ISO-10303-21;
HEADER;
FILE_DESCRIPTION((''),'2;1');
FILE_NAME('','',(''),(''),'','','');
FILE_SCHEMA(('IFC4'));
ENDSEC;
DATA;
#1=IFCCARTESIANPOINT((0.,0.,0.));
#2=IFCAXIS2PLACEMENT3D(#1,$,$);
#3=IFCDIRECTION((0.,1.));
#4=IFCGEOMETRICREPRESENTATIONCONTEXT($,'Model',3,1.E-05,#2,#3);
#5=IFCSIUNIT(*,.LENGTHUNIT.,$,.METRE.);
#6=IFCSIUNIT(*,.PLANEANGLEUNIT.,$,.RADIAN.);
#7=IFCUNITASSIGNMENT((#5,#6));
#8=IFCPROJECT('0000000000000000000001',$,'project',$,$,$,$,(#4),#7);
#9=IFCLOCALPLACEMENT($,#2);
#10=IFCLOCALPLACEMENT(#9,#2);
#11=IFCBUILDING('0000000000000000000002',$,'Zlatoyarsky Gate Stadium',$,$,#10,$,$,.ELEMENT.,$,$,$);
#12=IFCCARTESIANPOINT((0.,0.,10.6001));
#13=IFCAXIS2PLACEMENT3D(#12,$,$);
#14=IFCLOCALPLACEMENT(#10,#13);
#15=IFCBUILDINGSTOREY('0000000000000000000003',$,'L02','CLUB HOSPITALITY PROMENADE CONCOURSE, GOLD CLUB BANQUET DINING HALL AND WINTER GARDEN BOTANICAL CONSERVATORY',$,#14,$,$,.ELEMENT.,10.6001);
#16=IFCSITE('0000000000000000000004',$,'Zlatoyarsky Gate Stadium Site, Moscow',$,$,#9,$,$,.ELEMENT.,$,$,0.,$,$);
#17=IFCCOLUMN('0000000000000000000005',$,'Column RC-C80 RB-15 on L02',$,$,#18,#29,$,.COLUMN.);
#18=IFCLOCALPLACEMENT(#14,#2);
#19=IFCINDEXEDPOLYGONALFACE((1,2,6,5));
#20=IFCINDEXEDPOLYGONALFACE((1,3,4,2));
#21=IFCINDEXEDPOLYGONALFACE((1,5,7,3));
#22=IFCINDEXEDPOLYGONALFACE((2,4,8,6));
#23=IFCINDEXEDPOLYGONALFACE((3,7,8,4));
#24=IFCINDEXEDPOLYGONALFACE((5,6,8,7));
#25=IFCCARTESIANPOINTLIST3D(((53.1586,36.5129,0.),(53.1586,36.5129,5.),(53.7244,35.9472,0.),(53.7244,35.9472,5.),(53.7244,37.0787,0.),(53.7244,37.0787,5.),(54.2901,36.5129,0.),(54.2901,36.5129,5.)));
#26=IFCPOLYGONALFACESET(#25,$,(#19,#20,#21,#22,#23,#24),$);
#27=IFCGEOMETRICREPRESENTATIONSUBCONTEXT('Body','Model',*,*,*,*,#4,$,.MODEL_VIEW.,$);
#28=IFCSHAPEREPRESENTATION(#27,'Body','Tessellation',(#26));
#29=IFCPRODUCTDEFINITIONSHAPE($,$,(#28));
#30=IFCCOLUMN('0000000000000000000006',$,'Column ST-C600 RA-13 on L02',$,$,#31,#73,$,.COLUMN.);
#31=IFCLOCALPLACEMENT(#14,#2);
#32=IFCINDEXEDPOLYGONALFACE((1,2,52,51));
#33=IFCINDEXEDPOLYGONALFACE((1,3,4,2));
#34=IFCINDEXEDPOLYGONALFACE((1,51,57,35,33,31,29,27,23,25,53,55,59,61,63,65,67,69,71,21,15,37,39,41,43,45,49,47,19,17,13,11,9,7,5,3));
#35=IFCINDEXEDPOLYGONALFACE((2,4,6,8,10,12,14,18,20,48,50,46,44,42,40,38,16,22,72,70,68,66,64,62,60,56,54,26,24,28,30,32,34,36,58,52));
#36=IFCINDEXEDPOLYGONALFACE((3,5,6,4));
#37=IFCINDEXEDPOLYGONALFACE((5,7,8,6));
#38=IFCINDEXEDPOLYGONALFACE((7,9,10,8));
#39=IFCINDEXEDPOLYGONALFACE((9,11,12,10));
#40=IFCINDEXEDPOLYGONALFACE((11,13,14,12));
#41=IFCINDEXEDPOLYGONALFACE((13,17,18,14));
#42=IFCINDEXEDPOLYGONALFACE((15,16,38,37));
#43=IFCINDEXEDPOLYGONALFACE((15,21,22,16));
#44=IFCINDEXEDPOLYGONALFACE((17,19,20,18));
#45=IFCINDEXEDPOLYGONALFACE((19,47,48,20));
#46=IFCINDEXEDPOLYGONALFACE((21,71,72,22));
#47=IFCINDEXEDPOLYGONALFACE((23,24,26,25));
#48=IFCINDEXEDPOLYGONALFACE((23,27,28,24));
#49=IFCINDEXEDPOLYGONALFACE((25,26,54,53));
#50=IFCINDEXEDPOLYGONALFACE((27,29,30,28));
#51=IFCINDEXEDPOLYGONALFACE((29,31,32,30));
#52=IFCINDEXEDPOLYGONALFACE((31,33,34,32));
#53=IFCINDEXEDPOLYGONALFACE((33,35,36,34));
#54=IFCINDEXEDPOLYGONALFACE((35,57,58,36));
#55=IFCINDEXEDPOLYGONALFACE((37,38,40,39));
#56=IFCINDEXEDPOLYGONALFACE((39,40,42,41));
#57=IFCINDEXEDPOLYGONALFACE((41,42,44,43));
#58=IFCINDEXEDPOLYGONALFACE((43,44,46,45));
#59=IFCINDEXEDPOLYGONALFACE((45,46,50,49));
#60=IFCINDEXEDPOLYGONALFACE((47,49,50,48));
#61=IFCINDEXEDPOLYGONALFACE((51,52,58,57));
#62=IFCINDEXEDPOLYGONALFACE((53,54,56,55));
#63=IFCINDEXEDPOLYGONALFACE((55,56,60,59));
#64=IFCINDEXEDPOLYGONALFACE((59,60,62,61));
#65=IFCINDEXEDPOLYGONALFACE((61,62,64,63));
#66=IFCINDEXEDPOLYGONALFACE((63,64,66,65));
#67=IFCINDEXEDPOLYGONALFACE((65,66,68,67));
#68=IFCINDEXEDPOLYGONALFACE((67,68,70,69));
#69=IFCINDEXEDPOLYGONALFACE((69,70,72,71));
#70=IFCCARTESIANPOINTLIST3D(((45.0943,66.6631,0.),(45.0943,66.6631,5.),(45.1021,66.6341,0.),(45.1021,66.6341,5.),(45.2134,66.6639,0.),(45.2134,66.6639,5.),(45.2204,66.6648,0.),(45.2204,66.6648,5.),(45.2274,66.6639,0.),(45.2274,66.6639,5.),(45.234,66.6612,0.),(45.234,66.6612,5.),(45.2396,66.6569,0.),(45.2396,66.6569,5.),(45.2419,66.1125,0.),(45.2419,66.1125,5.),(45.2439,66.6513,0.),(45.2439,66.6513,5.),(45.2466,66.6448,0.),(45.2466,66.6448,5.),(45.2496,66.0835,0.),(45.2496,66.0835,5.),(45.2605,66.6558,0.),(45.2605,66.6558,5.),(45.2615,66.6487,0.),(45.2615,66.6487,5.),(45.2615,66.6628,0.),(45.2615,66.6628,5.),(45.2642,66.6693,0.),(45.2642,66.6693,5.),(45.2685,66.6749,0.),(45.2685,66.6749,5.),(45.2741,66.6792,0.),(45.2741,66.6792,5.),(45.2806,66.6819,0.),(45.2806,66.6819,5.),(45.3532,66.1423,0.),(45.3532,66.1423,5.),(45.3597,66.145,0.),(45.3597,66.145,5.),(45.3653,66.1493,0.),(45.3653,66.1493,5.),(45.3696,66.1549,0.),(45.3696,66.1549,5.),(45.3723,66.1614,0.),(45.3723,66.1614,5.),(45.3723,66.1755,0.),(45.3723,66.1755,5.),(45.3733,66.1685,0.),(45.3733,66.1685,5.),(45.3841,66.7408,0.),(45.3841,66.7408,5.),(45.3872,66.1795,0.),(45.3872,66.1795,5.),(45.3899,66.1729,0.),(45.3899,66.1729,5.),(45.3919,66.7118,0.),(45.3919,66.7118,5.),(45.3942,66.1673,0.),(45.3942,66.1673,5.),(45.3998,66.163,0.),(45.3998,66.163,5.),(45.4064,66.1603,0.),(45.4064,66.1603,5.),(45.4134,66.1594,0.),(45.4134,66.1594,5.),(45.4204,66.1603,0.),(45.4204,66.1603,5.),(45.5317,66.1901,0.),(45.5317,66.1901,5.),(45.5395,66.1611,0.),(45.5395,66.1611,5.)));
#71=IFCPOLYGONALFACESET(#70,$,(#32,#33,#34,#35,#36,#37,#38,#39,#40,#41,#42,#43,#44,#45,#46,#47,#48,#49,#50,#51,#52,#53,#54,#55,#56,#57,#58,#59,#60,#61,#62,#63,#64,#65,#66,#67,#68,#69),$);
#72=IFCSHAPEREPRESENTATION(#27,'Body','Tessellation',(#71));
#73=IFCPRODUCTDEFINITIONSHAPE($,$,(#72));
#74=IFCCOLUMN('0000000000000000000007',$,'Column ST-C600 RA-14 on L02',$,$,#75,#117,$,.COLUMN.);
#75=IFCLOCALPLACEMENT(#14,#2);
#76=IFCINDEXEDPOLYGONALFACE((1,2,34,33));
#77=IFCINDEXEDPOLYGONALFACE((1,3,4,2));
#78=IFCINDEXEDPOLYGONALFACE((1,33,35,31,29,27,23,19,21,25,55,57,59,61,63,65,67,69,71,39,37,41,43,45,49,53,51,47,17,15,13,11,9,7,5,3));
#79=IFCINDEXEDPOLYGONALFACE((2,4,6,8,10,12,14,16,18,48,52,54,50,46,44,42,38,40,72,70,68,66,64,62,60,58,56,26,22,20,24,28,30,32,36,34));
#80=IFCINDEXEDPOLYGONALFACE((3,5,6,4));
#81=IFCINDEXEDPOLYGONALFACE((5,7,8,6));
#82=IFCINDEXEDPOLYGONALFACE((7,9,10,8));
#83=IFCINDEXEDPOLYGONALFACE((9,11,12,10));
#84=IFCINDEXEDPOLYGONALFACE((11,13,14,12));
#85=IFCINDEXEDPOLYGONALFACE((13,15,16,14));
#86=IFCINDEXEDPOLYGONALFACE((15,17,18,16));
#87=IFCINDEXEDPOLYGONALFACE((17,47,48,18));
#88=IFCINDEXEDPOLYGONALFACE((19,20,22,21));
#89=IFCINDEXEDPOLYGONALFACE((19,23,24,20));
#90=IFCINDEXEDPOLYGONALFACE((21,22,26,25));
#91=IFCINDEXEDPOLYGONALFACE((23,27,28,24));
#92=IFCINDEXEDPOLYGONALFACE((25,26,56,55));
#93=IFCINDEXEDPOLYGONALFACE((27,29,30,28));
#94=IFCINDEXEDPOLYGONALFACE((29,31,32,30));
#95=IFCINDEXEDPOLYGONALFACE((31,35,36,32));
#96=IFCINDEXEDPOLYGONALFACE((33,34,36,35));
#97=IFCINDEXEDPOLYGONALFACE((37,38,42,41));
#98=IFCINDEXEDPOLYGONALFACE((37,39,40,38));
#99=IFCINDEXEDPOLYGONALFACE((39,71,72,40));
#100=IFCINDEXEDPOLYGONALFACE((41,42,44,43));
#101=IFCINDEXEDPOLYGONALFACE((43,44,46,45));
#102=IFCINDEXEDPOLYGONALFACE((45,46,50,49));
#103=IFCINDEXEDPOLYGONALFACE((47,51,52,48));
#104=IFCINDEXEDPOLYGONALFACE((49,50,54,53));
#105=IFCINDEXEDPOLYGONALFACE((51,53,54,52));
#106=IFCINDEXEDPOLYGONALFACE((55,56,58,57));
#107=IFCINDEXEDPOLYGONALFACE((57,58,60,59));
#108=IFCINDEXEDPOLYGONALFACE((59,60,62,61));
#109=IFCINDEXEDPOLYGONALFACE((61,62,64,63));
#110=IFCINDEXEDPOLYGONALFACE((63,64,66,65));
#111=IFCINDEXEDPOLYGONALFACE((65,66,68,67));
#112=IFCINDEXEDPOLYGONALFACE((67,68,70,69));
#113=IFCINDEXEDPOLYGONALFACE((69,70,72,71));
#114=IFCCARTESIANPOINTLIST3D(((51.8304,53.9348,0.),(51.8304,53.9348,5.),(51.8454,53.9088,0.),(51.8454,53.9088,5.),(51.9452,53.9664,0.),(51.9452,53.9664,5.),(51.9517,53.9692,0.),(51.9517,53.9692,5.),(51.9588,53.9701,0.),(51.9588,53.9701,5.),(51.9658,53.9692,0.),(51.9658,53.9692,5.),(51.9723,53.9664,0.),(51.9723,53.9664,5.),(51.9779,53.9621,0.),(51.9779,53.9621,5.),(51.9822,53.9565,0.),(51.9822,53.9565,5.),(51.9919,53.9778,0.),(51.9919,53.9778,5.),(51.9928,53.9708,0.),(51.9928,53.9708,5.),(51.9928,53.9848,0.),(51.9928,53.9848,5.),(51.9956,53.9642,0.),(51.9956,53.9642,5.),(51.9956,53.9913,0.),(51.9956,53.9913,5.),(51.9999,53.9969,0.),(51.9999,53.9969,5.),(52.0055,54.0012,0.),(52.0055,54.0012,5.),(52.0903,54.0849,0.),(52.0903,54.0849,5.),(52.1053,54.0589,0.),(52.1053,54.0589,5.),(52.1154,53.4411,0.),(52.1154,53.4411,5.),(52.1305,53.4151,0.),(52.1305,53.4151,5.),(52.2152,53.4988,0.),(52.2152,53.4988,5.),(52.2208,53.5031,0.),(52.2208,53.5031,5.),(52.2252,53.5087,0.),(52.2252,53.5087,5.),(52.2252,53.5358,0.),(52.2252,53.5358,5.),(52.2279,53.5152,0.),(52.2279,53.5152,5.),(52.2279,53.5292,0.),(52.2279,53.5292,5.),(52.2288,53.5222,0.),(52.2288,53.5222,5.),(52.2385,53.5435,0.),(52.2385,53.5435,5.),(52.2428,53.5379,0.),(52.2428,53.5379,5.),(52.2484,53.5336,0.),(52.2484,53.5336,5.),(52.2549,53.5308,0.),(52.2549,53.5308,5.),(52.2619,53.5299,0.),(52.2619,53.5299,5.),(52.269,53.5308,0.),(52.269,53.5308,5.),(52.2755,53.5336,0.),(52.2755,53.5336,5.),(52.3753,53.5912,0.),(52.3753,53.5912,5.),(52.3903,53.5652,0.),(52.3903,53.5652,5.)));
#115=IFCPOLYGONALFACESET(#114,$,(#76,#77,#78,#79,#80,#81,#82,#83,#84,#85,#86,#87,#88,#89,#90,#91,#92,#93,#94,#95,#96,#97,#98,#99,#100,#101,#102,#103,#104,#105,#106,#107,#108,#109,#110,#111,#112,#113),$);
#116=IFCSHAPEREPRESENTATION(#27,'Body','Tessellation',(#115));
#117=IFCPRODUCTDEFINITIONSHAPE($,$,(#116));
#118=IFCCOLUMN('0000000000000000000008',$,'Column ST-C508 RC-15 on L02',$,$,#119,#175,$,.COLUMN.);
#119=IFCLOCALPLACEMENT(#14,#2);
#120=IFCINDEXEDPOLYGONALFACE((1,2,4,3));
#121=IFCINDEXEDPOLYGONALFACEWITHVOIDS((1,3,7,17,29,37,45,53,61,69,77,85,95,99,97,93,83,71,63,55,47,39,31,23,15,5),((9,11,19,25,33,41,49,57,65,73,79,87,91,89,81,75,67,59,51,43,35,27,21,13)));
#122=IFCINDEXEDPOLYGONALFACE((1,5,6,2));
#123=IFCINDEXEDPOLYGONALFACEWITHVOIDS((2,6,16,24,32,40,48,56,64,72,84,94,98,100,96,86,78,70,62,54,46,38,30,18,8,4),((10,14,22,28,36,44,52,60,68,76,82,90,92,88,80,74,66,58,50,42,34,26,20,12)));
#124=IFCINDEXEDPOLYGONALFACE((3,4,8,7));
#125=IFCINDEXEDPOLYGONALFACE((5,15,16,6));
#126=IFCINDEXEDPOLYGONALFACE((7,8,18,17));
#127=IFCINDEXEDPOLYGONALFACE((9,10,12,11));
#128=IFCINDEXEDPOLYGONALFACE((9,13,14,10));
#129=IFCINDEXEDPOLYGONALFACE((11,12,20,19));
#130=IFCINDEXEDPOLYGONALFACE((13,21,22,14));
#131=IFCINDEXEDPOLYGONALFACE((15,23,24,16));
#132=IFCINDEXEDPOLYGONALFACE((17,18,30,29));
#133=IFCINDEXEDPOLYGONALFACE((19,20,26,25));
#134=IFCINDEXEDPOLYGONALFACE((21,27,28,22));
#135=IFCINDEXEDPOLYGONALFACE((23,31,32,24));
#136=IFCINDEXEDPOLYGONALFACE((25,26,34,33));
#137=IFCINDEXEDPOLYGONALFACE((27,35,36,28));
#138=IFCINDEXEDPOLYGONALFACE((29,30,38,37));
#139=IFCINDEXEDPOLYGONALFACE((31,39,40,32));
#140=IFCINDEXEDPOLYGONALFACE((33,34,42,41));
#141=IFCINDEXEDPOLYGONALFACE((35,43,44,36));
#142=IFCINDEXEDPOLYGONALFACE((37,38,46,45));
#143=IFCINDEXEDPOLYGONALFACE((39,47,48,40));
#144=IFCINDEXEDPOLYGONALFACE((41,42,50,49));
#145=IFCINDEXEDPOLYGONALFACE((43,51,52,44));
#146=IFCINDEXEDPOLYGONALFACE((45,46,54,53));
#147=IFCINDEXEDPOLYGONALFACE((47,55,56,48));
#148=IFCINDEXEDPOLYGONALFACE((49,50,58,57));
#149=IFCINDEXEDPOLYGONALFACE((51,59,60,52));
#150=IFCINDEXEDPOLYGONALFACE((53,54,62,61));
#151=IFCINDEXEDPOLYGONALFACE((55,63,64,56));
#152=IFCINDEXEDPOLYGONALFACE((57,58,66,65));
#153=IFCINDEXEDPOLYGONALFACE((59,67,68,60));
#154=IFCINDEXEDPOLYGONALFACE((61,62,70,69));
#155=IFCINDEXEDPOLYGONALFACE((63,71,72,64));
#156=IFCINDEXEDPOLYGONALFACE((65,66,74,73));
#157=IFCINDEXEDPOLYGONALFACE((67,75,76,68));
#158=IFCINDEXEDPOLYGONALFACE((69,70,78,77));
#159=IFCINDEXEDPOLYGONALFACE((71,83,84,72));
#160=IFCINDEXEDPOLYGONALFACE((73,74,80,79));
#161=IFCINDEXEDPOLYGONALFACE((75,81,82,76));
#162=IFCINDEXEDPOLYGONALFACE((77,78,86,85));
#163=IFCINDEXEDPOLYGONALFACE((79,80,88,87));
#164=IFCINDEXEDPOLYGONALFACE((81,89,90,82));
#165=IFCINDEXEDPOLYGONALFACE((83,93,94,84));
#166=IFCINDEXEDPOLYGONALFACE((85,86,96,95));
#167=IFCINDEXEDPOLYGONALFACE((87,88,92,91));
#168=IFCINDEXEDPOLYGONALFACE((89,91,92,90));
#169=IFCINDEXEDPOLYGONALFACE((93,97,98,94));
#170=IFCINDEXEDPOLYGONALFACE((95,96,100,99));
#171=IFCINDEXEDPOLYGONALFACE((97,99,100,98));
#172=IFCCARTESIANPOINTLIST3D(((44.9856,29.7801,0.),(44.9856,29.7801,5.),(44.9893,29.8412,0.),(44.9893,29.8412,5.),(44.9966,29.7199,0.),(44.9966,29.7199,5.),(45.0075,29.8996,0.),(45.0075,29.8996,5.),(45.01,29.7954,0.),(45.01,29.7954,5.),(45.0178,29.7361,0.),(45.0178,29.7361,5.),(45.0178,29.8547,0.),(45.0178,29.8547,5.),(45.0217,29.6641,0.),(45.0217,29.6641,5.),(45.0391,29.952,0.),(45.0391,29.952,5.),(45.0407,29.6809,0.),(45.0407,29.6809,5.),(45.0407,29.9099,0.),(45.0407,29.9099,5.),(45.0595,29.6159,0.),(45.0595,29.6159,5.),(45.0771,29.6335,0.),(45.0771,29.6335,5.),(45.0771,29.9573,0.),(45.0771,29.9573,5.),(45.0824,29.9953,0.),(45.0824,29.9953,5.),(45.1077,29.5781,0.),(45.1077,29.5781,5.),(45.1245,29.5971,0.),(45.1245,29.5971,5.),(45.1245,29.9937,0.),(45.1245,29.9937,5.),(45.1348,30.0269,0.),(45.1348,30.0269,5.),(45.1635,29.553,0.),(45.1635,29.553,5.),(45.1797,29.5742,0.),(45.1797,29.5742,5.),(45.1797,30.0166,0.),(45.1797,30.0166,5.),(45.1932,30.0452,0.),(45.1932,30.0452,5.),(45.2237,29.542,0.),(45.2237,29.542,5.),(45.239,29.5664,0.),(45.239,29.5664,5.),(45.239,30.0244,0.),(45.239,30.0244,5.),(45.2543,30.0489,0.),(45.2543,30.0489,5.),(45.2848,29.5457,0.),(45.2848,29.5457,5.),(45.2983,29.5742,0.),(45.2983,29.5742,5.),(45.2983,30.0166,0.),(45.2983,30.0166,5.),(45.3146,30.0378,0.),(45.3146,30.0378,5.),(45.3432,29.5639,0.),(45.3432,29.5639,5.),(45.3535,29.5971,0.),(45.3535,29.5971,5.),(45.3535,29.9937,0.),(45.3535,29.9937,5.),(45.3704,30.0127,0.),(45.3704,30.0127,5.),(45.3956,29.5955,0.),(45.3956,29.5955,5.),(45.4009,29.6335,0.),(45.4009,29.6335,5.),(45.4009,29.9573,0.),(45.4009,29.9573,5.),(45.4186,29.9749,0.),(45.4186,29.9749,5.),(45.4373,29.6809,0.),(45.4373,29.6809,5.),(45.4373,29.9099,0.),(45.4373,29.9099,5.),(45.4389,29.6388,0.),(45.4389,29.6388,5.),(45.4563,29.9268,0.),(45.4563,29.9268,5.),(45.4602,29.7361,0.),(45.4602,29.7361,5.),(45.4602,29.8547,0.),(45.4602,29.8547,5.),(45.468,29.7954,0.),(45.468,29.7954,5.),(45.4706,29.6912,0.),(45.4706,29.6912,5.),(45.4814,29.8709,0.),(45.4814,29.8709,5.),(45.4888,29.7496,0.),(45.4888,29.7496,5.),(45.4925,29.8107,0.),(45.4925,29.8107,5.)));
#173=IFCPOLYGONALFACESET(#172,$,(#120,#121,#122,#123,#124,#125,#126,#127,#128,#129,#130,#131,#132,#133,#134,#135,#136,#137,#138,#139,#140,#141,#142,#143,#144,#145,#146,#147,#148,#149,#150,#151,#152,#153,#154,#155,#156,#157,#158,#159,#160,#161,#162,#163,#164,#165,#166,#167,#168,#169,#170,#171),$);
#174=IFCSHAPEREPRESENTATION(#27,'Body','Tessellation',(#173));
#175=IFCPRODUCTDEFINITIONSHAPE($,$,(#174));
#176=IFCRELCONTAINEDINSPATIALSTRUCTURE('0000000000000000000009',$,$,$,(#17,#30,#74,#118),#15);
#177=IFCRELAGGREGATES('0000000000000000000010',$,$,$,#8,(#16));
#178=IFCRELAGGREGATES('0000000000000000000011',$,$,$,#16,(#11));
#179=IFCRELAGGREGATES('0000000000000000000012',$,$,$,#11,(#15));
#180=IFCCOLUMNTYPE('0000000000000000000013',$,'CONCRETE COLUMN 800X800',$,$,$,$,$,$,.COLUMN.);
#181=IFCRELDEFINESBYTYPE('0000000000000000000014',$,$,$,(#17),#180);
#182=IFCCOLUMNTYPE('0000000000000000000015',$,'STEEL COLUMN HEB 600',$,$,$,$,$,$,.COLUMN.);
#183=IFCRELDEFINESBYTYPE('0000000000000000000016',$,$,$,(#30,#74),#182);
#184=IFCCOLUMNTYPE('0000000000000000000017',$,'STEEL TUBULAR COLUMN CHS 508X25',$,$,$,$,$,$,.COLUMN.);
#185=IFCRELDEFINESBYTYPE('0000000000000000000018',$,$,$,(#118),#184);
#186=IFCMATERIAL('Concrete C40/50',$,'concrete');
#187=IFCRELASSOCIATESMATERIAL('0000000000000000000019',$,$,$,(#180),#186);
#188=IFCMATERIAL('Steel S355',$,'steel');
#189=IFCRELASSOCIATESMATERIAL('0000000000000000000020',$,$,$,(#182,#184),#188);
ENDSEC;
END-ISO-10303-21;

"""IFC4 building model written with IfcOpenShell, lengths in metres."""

from ifc_helpers import new_model, si_unit, direction, frame, origin, origin_2d, place, context, subcontext, project, spatial, rectangle, hollow_circle, i_section, extrude, material, material_profile, profile_set, type_object, element, save


model = new_model("IFC4")

# Units and contexts
model_context = context("Model", 3, precision=1e-05, world=origin(), true_north=direction((0.0, 1.0)))
body_context = subcontext(model_context, "Body", "Model", "MODEL_VIEW")
ifc_project = project(units=[si_unit("LENGTHUNIT", "METRE"), si_unit("PLANEANGLEUNIT", "RADIAN")], contexts=[model_context])

# Site, building, storey
site_placement = place(None, origin())
site = spatial("IfcSite", under=ifc_project, at=site_placement, Name="Zlatoyarsky Gate Stadium Site, Moscow", CompositionType="ELEMENT", RefElevation=0.0)
building_placement = place(site_placement, origin())
building = spatial("IfcBuilding", under=site, at=building_placement, Name="Zlatoyarsky Gate Stadium", CompositionType="ELEMENT")
storey_placement = place(building_placement, frame((0.0, 0.0, 10.6001)))
storey = spatial("IfcBuildingStorey", under=building, at=storey_placement, Name="L02", Description="CLUB HOSPITALITY PROMENADE CONCOURSE, GOLD CLUB BANQUET DINING HALL AND WINTER GARDEN BOTANICAL CONSERVATORY", CompositionType="ELEMENT", Elevation=10.6001)

# Columns
ifc_material_1 = material(Name="Concrete C40/50", Category="concrete")
ifc_material_profile_1 = material_profile(ifc_material_1, rectangle(XDim=0.8, YDim=0.8, at=origin_2d()), Name="RC COL 800X800")
ifc_profile_set_1 = profile_set([ifc_material_profile_1], Name="Concrete C40/50")
column_type_1 = type_object("IfcColumnType", Name="CONCRETE COLUMN 800X800", PredefinedType="COLUMN", material=ifc_profile_set_1)
column_1_placement = place(storey_placement, frame((53.7244, 36.5129, 0.0), z_axis=(0.0, 0.0, 1.0), x_axis=(-0.707107, -0.707107, 0.0)))
element("IfcColumn", 1, at=column_1_placement, inside=storey, type_object=column_type_1, Name="Column RC-C80 RB-15 on L02", PredefinedType="COLUMN", context=body_context, shape_type="SweptSolid", body=[
    extrude(rectangle(XDim=0.8, YDim=0.8, at=origin_2d()), origin(), (0.0, 0.0, 1.0), 5.0),
])
ifc_material_2 = material(Name="Steel S355", Category="steel")
ifc_material_profile_2 = material_profile(ifc_material_2, i_section(OverallWidth=0.3, OverallDepth=0.6001, WebThickness=0.0154, FlangeThickness=0.03, FilletRadius=0.0271, at=origin_2d()), Name="HEB 600")
ifc_profile_set_2 = profile_set([ifc_material_profile_2], Name="Steel S355")
column_type_2 = type_object("IfcColumnType", Name="STEEL COLUMN HEB 600", PredefinedType="COLUMN", material=ifc_profile_set_2)
for number, where, z_axis, x_axis, name in (
    (2, (45.3169, 66.4121, 0.0), (0.0, 0.0, 1.0), (-0.965926, -0.258819, 0.0), "Column ST-C600 RA-13 on L02"),
    (3, (52.1104, 53.75, 0.0), (0.0, 0.0, 1.0), (-0.866025, -0.5, 0.0), "Column ST-C600 RA-14 on L02"),
):
    element("IfcColumn", number, at=place(storey_placement, frame(where, z_axis=z_axis, x_axis=x_axis)), inside=storey, type_object=column_type_2, Name=name, PredefinedType="COLUMN", context=body_context, shape_type="SweptSolid", body=[
        extrude(i_section(OverallWidth=0.3, OverallDepth=0.6001, WebThickness=0.0154, FlangeThickness=0.03, FilletRadius=0.0271, at=origin_2d()), origin(), (0.0, 0.0, 1.0), 5.0),
    ])
ifc_material_profile_3 = material_profile(ifc_material_2, hollow_circle(Radius=0.2539, WallThickness=0.0249, at=origin_2d()), Name="CHS 508X25")
ifc_profile_set_3 = profile_set([ifc_material_profile_3], Name="Steel S355")
column_type_3 = type_object("IfcColumnType", Name="STEEL TUBULAR COLUMN CHS 508X25", PredefinedType="COLUMN", material=ifc_profile_set_3)
column_2_placement = place(storey_placement, frame((45.239, 29.7954, 0.0), z_axis=(0.0, 0.0, 1.0), x_axis=(-0.707107, -0.707107, 0.0)))
element("IfcColumn", 4, at=column_2_placement, inside=storey, type_object=column_type_3, Name="Column ST-C508 RC-15 on L02", PredefinedType="COLUMN", context=body_context, shape_type="SweptSolid", body=[
    extrude(hollow_circle(Radius=0.2539, WallThickness=0.0249, at=origin_2d()), origin(), (0.0, 0.0, 1.0), 5.0),
])

save(model, "model.ifc")
